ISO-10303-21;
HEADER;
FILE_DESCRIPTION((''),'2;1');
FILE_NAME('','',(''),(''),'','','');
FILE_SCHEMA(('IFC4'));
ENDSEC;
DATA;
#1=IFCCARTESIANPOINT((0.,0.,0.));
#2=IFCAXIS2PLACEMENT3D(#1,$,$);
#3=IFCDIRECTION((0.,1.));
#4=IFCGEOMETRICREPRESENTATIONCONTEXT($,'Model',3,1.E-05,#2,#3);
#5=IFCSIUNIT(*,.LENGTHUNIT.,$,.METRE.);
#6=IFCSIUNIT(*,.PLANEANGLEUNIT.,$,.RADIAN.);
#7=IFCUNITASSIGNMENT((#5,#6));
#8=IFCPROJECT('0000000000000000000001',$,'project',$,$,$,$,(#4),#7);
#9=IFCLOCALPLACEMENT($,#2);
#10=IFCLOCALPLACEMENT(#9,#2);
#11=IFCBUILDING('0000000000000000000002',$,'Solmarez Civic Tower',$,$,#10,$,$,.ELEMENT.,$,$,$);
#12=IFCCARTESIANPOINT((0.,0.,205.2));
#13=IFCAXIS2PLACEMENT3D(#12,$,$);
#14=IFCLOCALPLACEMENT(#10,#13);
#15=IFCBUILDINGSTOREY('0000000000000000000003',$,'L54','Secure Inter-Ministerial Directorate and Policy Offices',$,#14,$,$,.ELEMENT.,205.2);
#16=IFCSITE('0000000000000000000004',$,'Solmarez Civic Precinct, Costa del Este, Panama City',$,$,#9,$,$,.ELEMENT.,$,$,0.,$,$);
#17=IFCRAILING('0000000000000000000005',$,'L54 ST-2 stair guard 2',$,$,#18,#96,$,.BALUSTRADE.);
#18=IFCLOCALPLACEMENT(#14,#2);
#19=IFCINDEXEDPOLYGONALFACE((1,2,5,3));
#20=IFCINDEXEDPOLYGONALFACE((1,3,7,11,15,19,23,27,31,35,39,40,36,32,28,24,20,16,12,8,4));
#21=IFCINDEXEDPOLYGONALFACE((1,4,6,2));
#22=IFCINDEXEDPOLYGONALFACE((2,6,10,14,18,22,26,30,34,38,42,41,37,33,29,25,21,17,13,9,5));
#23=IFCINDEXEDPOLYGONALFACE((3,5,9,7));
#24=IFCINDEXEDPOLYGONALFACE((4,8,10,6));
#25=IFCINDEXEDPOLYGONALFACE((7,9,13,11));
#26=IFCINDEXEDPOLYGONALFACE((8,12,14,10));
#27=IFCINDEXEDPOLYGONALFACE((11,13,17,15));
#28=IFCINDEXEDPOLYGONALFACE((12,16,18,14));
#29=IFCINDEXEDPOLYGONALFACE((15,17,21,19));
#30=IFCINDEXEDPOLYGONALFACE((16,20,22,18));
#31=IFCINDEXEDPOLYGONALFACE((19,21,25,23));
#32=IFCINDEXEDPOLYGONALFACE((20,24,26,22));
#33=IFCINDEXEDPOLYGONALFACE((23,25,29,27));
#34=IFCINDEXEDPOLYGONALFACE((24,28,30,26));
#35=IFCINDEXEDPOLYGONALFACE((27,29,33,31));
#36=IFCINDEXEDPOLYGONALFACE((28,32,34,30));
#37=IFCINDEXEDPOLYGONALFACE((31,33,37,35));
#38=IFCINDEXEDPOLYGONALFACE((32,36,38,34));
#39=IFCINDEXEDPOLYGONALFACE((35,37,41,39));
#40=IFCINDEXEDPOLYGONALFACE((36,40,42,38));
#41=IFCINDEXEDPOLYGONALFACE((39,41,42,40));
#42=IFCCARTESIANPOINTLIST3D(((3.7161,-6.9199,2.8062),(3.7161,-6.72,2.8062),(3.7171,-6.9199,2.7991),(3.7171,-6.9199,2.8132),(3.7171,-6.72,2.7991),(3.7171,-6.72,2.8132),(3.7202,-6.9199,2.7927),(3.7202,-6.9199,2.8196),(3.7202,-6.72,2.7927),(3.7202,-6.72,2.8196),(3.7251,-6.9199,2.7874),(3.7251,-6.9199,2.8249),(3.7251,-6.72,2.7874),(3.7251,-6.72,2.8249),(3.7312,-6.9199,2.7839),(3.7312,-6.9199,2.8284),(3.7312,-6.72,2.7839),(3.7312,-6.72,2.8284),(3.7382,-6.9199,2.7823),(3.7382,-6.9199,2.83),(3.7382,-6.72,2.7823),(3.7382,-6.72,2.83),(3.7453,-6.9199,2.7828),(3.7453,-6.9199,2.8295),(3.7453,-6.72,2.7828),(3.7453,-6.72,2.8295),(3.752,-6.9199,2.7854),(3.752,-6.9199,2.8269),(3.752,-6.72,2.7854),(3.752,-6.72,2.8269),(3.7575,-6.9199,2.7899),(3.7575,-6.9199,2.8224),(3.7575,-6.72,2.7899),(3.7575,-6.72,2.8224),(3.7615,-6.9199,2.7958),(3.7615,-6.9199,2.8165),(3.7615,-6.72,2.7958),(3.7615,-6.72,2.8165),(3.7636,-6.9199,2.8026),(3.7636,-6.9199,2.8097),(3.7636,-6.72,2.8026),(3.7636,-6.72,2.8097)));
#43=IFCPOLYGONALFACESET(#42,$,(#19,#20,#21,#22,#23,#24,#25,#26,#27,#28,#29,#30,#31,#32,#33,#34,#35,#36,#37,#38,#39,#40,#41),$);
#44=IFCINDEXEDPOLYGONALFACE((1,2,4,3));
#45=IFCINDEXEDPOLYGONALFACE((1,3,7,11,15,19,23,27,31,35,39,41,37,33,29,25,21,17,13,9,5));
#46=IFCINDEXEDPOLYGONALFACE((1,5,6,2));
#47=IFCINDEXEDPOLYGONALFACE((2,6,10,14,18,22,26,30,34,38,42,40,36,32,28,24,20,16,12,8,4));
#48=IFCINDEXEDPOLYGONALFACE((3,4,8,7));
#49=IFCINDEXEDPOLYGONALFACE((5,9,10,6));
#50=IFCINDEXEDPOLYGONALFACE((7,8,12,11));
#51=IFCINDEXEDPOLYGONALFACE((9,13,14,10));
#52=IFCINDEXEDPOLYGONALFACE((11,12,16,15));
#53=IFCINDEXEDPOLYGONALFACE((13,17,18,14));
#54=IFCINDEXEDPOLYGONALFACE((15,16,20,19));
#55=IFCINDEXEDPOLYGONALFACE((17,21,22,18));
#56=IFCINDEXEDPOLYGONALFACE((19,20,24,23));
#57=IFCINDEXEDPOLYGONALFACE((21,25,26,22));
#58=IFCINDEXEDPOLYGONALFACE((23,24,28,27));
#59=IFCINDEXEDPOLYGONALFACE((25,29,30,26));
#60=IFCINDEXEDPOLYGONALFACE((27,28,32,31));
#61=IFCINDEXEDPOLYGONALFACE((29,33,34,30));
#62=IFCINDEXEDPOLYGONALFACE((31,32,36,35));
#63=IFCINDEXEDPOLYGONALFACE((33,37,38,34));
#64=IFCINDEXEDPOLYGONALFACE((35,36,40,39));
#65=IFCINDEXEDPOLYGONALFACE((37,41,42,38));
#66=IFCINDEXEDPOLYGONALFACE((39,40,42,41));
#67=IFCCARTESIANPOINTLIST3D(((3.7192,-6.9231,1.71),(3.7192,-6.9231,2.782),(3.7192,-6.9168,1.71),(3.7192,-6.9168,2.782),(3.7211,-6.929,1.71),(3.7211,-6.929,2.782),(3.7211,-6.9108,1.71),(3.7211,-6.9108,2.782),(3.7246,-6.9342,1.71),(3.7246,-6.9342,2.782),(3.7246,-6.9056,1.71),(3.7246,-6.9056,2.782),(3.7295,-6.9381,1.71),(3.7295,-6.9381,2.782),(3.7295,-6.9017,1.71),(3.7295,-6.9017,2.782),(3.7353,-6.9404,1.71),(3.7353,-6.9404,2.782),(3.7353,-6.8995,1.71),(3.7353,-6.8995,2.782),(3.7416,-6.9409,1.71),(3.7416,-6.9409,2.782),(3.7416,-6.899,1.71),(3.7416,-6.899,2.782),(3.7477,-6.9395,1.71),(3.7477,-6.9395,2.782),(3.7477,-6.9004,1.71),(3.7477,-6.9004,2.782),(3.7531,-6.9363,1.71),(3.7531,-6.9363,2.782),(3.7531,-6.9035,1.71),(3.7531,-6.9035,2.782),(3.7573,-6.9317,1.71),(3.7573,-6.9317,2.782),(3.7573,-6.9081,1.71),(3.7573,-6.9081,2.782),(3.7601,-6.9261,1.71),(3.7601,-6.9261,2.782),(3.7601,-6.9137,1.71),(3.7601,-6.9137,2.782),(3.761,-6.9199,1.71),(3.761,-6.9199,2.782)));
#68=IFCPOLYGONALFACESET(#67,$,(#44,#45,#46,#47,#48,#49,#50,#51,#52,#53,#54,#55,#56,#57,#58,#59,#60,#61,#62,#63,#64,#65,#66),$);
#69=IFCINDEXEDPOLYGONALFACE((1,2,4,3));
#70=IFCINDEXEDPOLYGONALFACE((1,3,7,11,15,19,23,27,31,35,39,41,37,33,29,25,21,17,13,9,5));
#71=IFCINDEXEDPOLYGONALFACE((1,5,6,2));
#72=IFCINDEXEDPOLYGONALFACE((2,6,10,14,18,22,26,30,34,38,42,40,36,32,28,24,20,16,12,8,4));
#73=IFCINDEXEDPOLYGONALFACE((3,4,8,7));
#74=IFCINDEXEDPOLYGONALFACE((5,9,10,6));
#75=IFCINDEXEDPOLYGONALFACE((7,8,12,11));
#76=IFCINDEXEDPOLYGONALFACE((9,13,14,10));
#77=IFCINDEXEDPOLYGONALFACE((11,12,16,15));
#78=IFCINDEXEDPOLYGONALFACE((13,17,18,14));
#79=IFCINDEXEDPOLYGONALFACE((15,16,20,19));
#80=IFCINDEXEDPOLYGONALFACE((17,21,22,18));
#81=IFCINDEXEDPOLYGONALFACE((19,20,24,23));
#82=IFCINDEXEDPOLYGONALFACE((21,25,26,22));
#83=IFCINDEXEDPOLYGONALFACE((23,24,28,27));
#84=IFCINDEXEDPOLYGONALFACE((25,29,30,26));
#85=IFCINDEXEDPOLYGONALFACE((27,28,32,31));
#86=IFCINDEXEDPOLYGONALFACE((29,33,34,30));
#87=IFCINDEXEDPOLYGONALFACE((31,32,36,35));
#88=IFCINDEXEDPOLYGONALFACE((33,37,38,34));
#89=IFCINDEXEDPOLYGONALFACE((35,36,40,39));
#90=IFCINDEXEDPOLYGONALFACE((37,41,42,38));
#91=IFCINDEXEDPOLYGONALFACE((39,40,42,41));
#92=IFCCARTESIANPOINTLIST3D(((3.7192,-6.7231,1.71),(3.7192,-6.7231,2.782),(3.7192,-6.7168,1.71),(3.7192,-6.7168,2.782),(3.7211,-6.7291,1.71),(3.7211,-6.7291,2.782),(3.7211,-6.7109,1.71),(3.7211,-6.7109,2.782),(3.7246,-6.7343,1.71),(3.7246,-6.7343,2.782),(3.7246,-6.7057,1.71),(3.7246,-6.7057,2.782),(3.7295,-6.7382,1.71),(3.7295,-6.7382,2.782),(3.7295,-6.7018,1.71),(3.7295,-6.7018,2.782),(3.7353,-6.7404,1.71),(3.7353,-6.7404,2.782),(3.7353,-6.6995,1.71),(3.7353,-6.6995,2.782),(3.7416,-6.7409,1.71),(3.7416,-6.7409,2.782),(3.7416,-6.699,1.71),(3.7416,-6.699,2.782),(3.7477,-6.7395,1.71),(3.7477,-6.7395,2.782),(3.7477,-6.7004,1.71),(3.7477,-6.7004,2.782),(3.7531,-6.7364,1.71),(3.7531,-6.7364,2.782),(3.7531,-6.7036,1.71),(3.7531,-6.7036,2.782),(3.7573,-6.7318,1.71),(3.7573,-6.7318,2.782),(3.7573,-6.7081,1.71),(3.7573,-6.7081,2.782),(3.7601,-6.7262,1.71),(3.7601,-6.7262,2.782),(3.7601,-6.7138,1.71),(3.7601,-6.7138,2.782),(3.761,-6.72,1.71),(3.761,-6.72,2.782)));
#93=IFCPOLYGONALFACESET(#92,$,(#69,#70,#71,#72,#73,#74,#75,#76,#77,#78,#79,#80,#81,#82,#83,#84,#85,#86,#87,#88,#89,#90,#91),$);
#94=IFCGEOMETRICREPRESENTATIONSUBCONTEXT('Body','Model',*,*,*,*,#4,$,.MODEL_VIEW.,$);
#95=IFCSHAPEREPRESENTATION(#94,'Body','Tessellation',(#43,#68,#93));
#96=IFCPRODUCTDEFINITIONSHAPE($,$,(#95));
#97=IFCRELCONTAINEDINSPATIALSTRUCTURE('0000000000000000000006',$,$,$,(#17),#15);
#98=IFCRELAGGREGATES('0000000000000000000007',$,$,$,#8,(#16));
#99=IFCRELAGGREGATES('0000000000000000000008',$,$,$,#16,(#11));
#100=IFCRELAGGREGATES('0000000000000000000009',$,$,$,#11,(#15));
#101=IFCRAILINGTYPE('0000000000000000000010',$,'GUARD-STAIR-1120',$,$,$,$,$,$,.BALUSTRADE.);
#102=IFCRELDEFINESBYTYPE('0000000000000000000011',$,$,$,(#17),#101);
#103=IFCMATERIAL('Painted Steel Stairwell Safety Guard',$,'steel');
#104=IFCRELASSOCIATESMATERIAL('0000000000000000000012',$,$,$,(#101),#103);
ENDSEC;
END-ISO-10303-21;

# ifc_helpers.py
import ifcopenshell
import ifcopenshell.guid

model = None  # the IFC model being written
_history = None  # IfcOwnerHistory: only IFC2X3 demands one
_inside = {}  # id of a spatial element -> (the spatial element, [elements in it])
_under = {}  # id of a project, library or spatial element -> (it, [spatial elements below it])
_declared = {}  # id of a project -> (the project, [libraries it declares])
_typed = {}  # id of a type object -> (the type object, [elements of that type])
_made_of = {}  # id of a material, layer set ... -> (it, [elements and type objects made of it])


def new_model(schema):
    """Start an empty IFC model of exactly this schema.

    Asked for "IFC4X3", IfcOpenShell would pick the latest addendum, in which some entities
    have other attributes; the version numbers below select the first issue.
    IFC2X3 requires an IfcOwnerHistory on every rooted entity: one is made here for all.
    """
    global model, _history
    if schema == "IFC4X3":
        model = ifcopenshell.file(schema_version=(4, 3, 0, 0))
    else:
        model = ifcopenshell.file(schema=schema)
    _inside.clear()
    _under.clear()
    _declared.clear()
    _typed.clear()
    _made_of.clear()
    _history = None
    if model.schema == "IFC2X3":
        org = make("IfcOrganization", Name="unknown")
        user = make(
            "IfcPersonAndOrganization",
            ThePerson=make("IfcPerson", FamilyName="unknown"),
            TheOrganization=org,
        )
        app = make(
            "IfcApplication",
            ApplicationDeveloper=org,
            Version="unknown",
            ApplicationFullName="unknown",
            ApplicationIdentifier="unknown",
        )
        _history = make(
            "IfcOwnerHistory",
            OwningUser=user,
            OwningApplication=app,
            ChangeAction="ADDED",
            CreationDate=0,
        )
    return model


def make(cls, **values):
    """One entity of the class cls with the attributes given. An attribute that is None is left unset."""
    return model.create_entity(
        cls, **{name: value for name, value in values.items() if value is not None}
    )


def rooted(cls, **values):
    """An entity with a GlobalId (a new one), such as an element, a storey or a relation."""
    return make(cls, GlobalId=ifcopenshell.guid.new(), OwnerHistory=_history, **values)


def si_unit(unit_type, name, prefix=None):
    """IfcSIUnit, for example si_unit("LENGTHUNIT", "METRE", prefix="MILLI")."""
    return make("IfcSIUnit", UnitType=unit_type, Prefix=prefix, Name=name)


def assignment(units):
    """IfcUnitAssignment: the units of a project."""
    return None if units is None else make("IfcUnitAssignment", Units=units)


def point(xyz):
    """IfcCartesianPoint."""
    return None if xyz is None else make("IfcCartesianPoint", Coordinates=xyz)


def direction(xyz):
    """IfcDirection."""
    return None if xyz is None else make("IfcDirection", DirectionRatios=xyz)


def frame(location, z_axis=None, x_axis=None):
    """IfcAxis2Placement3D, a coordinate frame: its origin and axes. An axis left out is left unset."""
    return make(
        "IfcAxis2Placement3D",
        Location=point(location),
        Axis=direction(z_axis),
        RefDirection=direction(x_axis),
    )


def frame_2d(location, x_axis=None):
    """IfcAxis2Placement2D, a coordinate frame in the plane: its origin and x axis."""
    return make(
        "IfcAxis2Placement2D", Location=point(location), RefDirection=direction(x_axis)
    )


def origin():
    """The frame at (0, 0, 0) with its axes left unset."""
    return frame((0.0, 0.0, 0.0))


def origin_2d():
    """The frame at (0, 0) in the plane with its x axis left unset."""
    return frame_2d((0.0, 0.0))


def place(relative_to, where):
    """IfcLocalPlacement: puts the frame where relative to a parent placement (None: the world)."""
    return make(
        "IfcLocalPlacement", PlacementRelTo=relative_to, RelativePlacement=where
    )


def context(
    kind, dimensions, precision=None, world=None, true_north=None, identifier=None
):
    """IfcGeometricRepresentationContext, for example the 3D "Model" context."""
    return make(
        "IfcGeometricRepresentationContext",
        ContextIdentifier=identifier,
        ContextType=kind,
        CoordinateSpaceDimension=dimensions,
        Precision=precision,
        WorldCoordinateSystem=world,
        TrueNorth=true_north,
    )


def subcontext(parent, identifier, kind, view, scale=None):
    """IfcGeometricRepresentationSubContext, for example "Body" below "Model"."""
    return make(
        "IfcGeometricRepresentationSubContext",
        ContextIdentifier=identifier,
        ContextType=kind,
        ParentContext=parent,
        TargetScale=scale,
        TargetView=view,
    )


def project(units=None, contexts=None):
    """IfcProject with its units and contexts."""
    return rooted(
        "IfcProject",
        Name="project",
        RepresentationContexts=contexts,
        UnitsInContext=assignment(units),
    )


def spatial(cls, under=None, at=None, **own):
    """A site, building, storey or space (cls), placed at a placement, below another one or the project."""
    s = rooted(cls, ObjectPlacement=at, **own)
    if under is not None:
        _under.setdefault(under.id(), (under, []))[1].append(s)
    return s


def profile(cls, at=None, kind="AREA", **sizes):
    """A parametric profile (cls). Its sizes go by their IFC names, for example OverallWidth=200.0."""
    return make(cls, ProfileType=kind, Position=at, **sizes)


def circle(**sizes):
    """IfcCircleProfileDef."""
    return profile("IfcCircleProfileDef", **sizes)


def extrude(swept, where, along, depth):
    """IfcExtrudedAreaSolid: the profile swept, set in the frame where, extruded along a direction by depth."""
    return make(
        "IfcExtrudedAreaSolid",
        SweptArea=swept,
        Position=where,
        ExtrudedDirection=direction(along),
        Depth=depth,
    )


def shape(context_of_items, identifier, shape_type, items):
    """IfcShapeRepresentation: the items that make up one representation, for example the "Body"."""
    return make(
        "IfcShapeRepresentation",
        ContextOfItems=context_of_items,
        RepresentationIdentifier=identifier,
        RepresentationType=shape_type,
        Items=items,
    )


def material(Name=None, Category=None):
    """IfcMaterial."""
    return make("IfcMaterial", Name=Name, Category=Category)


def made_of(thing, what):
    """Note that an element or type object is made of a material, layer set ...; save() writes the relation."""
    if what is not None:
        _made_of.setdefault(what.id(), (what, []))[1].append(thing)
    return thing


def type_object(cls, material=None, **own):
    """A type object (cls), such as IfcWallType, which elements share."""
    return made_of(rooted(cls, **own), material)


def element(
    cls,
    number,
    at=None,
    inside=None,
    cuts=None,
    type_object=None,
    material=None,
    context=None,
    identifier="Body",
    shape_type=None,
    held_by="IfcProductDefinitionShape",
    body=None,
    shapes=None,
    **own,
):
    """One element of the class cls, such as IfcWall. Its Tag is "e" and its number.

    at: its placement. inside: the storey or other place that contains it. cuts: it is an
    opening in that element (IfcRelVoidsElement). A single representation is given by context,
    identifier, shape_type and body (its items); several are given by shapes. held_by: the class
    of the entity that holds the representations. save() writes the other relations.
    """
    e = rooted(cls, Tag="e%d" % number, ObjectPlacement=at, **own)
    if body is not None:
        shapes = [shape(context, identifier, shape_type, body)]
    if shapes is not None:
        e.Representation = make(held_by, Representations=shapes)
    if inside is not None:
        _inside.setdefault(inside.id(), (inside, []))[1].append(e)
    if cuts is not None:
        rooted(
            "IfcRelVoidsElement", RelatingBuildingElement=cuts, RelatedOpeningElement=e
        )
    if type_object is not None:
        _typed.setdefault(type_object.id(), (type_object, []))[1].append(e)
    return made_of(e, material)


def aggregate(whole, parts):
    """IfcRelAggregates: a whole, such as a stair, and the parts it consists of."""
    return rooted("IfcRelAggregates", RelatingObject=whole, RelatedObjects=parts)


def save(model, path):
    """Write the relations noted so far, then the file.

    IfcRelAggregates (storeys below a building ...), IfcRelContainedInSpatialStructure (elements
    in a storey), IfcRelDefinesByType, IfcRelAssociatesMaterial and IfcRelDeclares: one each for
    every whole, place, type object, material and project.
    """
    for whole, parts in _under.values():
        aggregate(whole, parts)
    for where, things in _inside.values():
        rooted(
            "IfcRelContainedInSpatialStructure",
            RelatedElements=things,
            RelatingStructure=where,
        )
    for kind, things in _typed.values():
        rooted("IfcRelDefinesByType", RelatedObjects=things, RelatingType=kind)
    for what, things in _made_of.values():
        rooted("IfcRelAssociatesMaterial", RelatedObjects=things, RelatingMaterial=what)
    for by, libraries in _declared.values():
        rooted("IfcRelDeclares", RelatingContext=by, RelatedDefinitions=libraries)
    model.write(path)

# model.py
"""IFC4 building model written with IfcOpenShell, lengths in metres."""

from ifc_helpers import new_model, si_unit, direction, frame, origin, origin_2d, place, context, subcontext, project, spatial, circle, extrude, material, type_object, element, save


model = new_model("IFC4")

# Units and contexts
model_context = context("Model", 3, precision=1e-05, world=origin(), true_north=direction((0.0, 1.0)))
body_context = subcontext(model_context, "Body", "Model", "MODEL_VIEW")
ifc_project = project(units=[si_unit("LENGTHUNIT", "METRE"), si_unit("PLANEANGLEUNIT", "RADIAN")], contexts=[model_context])

# Site, building, storey
site_placement = place(None, origin())
site = spatial("IfcSite", under=ifc_project, at=site_placement, Name="Solmarez Civic Precinct, Costa del Este, Panama City", CompositionType="ELEMENT", RefElevation=0.0)
building_placement = place(site_placement, origin())
building = spatial("IfcBuilding", under=site, at=building_placement, Name="Solmarez Civic Tower", CompositionType="ELEMENT")
storey_placement = place(building_placement, frame((0.0, 0.0, 205.2)))
storey = spatial("IfcBuildingStorey", under=building, at=storey_placement, Name="L54", Description="Secure Inter-Ministerial Directorate and Policy Offices", CompositionType="ELEMENT", Elevation=205.2)

# Railing
ifc_material_1 = material(Name="Painted Steel Stairwell Safety Guard", Category="steel")
railing_type_1 = type_object("IfcRailingType", Name="GUARD-STAIR-1120", PredefinedType="BALUSTRADE", material=ifc_material_1)
railing_1_placement = place(storey_placement, frame((3.74, -6.9199, 1.71)))
element("IfcRailing", 1, at=railing_1_placement, inside=storey, type_object=railing_type_1, Name="L54 ST-2 stair guard 2", PredefinedType="BALUSTRADE", context=body_context, shape_type="SweptSolid", body=[
    extrude(circle(Radius=0.0239, at=origin_2d()), frame((0.0, 0.0, 1.0962), z_axis=(0.0, 1.0, 0.0), x_axis=(-1.0, 0.0, 0.0)), (0.0, 0.0, 1.0), 0.2),
    extrude(circle(Radius=0.021, at=origin_2d()), origin(), (0.0, 0.0, 1.0), 1.072),
    extrude(circle(Radius=0.021, at=origin_2d()), frame((0.0, 0.2, 0.0)), (0.0, 0.0, 1.0), 1.072),
])

save(model, "model.ifc")
